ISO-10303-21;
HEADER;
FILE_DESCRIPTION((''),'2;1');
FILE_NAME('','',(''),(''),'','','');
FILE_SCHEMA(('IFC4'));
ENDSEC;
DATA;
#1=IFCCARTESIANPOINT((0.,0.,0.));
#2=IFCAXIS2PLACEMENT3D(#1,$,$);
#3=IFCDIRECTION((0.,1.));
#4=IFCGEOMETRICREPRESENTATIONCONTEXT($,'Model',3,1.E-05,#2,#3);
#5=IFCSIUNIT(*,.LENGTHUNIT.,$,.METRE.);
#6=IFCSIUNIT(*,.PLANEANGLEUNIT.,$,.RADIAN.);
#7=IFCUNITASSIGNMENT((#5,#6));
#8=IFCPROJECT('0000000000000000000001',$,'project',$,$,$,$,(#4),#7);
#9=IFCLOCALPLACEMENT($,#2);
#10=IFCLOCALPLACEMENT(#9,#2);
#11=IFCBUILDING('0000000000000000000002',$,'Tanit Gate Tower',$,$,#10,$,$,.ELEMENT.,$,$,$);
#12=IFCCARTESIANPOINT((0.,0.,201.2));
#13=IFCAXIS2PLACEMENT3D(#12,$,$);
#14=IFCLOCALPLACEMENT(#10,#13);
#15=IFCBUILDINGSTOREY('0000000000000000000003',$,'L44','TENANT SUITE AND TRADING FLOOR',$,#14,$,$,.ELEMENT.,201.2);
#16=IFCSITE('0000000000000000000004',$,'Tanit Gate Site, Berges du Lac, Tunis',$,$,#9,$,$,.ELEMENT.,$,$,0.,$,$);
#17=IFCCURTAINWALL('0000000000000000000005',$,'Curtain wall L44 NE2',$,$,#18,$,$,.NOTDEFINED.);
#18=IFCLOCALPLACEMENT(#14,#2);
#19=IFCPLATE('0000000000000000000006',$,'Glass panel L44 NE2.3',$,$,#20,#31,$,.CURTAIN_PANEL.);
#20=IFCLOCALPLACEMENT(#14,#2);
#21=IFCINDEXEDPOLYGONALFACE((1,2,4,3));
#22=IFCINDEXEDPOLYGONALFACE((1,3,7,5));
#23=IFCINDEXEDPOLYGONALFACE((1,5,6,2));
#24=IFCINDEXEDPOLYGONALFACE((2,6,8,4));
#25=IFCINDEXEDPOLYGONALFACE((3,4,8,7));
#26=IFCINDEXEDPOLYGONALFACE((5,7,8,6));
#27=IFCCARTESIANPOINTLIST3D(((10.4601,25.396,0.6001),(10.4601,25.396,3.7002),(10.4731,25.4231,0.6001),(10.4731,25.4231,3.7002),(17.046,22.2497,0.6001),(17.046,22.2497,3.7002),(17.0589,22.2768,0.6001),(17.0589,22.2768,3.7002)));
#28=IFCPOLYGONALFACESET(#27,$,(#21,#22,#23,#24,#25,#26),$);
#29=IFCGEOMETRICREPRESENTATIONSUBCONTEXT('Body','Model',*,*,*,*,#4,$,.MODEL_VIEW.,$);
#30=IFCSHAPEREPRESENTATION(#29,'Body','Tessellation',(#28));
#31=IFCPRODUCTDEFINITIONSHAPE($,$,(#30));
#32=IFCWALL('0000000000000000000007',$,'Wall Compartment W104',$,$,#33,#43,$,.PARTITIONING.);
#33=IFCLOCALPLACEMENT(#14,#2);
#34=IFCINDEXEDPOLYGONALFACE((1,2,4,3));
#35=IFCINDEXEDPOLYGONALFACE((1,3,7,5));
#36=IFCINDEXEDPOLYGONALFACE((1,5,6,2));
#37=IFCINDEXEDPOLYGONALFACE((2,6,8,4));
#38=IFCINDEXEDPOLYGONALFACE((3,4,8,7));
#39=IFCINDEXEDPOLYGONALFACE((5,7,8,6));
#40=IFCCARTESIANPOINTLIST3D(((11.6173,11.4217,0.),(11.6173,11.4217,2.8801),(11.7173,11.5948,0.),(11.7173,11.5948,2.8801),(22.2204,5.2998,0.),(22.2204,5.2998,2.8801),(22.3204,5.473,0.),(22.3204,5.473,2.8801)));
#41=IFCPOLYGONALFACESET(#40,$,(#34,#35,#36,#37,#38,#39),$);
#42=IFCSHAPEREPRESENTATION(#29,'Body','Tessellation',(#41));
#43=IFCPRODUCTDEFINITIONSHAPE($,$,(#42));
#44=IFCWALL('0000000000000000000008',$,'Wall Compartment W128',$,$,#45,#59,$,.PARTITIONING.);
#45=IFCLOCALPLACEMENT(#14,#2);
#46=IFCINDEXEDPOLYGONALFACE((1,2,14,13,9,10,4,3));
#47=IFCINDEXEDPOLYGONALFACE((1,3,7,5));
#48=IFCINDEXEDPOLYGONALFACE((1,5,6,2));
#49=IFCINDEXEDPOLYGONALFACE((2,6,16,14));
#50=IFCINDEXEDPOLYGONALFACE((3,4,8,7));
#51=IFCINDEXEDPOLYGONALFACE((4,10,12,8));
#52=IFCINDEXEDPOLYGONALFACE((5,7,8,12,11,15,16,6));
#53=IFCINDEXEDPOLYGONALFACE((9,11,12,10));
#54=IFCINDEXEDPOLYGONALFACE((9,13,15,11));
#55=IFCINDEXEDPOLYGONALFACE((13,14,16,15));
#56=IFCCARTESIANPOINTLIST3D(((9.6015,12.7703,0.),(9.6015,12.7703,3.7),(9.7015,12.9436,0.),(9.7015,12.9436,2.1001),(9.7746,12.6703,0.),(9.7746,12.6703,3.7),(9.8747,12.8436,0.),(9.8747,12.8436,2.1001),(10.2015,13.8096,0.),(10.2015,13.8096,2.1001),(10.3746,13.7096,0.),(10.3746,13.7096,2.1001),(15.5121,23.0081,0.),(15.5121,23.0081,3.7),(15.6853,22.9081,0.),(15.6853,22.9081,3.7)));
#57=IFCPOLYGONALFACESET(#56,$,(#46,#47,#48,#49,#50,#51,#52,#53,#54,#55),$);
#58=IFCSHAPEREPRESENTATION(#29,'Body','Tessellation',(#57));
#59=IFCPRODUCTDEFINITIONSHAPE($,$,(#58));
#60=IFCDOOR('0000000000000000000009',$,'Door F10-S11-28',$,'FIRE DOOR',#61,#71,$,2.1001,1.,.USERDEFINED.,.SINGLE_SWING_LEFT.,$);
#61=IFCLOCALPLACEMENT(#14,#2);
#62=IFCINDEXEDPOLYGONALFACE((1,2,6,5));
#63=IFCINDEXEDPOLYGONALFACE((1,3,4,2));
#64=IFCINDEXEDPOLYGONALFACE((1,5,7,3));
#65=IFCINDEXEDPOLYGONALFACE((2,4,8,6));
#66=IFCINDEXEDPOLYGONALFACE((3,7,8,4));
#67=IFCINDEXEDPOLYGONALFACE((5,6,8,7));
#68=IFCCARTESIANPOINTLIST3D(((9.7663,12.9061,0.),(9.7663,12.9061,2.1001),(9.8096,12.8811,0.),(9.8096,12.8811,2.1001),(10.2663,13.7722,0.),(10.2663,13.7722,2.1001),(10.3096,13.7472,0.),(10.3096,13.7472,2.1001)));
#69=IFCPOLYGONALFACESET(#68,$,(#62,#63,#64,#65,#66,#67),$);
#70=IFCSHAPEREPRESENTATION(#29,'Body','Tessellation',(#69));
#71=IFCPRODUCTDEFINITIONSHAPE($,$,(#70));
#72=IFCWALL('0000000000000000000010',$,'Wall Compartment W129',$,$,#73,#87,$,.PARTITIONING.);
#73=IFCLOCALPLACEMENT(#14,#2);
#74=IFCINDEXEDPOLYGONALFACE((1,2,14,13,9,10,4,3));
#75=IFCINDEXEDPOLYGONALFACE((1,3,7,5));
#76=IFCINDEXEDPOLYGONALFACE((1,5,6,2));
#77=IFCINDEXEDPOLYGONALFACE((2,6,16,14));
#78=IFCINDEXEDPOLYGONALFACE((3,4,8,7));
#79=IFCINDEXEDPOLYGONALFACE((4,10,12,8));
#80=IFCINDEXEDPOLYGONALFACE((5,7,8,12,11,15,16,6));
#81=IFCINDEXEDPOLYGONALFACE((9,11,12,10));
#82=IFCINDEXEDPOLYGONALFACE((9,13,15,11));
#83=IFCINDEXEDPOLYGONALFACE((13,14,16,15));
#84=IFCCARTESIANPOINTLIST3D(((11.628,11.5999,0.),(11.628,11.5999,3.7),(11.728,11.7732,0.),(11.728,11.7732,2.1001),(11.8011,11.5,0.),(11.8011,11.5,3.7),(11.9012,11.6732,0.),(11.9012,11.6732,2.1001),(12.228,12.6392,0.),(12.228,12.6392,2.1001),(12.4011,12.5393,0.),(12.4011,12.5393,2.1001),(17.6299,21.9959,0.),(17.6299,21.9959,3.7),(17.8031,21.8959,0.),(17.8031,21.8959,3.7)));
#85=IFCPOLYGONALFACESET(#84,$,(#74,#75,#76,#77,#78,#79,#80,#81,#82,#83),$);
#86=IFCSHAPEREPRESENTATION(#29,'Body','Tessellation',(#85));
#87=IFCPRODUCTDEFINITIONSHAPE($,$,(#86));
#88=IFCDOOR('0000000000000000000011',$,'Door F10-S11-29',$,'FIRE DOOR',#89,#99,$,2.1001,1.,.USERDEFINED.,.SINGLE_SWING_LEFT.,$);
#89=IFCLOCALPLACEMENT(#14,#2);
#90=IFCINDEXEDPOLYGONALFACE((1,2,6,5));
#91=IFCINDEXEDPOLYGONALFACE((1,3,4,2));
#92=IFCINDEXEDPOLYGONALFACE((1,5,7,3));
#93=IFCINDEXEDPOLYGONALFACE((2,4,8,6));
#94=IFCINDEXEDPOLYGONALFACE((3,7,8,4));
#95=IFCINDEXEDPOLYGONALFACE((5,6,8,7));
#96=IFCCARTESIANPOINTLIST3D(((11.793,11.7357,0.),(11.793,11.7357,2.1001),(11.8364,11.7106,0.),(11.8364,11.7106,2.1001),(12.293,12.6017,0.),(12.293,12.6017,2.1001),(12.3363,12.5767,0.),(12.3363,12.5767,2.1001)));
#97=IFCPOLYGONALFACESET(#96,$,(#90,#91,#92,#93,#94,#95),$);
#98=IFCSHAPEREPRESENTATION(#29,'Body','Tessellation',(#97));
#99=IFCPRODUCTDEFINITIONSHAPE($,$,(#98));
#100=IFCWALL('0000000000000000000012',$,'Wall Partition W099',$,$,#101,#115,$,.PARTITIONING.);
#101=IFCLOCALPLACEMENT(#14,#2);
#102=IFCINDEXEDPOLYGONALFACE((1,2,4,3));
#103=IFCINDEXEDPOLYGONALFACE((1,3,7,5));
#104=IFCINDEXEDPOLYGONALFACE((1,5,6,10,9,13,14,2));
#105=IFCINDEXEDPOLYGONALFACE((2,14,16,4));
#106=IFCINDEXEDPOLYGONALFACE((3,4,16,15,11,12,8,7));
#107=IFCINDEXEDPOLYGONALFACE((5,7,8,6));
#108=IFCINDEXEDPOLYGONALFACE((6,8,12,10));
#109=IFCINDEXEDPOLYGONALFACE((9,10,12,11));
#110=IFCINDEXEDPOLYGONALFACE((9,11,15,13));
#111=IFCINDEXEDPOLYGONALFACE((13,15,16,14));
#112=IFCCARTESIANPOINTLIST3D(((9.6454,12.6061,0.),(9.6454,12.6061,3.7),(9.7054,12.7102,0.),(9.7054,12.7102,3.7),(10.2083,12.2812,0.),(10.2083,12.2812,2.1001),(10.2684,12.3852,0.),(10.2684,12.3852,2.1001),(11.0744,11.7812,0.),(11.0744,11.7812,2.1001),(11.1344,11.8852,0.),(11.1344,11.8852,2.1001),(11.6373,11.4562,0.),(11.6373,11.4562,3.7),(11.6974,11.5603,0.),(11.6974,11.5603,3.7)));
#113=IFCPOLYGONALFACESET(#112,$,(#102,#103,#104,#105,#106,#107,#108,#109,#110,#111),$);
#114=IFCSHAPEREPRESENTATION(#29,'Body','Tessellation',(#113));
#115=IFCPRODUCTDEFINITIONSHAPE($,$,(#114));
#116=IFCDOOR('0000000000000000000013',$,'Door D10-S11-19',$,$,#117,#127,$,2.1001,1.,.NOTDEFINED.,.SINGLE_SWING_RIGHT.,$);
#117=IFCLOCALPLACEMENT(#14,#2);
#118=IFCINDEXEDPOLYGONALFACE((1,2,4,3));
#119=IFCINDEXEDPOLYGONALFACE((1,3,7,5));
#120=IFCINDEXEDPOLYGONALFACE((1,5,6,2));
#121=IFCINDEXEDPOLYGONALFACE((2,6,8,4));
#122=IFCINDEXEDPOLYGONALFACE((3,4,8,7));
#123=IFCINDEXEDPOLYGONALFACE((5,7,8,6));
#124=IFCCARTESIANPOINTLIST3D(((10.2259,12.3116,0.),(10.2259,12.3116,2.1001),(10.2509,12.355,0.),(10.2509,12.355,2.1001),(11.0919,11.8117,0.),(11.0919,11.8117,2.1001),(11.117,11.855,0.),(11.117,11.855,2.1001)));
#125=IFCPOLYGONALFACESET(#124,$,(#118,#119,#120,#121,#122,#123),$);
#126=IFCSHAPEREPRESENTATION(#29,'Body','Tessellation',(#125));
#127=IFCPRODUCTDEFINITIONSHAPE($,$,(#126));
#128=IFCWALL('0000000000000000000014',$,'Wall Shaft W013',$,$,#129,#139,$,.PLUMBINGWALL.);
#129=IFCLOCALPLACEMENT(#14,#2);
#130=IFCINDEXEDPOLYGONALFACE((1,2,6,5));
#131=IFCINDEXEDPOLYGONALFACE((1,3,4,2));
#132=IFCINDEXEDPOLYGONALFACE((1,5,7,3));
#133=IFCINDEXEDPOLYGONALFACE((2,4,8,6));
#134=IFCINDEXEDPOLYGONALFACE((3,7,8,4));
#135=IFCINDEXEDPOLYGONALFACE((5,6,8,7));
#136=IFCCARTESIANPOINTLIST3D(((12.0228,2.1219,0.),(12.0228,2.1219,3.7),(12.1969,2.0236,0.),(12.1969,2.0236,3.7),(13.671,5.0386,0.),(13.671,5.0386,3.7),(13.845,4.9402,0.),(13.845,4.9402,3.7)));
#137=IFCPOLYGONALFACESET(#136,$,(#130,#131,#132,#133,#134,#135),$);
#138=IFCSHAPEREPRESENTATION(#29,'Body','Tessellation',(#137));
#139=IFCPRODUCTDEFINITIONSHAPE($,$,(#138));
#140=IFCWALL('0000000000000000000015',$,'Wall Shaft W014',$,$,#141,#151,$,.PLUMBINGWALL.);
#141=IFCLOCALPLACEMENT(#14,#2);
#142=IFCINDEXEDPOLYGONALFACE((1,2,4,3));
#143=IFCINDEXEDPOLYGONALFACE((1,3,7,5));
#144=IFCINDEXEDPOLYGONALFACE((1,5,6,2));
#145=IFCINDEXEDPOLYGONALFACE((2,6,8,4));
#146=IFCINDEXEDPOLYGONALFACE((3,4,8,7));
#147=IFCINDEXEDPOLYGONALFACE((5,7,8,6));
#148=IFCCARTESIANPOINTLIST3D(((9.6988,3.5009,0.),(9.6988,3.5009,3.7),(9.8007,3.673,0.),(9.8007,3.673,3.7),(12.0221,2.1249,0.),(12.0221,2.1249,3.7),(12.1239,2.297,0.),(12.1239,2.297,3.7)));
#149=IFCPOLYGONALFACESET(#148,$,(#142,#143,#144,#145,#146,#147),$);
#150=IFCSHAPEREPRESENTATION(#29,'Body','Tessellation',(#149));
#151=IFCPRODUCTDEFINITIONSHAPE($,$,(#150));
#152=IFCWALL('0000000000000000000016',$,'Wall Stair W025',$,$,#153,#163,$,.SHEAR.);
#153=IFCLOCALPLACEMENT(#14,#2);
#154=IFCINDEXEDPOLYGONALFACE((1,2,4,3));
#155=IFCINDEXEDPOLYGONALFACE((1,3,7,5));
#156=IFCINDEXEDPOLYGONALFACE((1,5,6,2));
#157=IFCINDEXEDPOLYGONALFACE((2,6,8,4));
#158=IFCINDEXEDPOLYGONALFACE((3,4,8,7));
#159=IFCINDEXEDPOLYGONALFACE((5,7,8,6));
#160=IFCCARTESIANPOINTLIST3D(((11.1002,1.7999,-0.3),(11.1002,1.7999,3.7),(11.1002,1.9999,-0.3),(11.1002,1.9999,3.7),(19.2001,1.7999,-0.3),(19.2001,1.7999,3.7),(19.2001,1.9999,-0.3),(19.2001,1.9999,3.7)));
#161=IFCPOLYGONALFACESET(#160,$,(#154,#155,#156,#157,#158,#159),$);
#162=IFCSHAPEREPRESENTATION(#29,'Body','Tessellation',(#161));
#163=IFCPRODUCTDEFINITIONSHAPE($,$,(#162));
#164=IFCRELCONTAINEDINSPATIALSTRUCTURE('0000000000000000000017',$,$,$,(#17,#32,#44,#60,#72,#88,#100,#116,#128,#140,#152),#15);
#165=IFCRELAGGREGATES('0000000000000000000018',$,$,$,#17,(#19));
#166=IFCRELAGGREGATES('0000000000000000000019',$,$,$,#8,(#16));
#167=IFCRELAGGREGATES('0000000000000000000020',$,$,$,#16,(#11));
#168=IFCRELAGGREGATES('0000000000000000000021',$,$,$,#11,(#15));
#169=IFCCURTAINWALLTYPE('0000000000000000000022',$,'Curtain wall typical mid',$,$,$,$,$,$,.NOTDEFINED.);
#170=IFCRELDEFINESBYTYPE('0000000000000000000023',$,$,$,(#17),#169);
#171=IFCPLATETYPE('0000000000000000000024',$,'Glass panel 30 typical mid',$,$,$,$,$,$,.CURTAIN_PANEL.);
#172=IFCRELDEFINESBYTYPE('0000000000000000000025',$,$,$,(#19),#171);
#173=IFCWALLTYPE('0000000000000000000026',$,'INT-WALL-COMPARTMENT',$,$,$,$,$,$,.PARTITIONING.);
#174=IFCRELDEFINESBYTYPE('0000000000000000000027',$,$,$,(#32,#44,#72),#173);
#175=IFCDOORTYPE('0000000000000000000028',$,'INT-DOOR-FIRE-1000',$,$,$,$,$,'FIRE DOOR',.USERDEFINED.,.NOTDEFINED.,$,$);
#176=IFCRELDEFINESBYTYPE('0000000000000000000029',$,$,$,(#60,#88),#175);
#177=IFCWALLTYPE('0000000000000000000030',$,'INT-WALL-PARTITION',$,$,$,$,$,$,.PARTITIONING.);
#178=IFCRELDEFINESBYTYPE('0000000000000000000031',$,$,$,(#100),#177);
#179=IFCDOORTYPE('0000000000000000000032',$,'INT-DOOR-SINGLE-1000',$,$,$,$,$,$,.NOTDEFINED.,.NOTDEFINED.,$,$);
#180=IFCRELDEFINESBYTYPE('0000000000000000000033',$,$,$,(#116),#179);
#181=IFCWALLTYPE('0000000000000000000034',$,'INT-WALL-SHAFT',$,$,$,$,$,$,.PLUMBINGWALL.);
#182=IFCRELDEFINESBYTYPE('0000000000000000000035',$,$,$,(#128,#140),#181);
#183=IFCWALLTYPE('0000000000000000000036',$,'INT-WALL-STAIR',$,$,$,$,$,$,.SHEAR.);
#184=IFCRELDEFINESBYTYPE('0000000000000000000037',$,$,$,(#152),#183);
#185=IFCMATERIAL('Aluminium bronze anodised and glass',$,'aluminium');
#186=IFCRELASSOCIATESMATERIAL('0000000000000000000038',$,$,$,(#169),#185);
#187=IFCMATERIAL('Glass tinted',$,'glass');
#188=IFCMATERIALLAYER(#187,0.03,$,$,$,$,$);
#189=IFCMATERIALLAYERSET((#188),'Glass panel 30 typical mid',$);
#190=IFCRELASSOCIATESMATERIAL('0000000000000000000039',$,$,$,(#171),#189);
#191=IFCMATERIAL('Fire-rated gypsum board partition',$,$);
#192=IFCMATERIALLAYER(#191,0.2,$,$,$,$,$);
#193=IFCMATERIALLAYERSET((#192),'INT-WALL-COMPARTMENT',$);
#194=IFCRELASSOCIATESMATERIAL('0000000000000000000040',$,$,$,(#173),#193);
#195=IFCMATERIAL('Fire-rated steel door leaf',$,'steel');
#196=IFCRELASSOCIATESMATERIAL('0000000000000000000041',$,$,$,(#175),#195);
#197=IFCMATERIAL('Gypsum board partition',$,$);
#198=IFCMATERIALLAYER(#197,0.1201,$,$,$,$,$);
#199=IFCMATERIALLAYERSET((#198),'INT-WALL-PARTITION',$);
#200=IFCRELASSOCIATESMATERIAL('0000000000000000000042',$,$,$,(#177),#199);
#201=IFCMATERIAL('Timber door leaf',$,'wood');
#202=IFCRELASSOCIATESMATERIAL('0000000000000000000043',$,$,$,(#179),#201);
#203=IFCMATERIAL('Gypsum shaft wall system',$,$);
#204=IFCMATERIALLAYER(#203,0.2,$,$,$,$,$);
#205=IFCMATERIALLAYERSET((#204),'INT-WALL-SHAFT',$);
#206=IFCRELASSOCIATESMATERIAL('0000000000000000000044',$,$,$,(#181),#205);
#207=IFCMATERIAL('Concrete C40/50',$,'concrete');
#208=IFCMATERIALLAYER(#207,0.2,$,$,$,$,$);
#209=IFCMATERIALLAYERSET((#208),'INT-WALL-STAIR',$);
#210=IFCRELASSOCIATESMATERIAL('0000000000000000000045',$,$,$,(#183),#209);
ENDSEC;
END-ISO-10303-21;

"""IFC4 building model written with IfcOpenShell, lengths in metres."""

from ifc_helpers import new_model, si_unit, direction, frame, frame_2d, origin, origin_2d, place, context, subcontext, project, spatial, rectangle, extrude, material, layer, layer_set, type_object, element, fill, aggregate, save


model = new_model("IFC4")

# Units and contexts
model_context = context("Model", 3, precision=1e-05, world=origin(), true_north=direction((0.0, 1.0)))
body_context = subcontext(model_context, "Body", "Model", "MODEL_VIEW")
ifc_project = project(units=[si_unit("LENGTHUNIT", "METRE"), si_unit("PLANEANGLEUNIT", "RADIAN")], contexts=[model_context])

# Site, building, storey
site_placement = place(None, origin())
site = spatial("IfcSite", under=ifc_project, at=site_placement, Name="Tanit Gate Site, Berges du Lac, Tunis", CompositionType="ELEMENT", RefElevation=0.0)
building_placement = place(site_placement, origin())
building = spatial("IfcBuilding", under=site, at=building_placement, Name="Tanit Gate Tower", CompositionType="ELEMENT")
storey_placement = place(building_placement, frame((0.0, 0.0, 201.2)))
storey = spatial("IfcBuildingStorey", under=building, at=storey_placement, Name="L44", Description="TENANT SUITE AND TRADING FLOOR", CompositionType="ELEMENT", Elevation=201.2)

# Curtain wall
ifc_material_1 = material(Name="Aluminium bronze anodised and glass", Category="aluminium")
curtain_wall_type = type_object("IfcCurtainWallType", Name="Curtain wall typical mid", PredefinedType="NOTDEFINED", material=ifc_material_1)
curtain_wall_placement = place(storey_placement, origin())
curtain_wall = element("IfcCurtainWall", 1, at=curtain_wall_placement, inside=storey, type_object=curtain_wall_type, Name="Curtain wall L44 NE2", PredefinedType="NOTDEFINED")

# Plate
ifc_material_2 = material(Name="Glass tinted", Category="glass")
ifc_layer_1 = layer(ifc_material_2, 0.03)
ifc_layer_set_1 = layer_set([ifc_layer_1], Name="Glass panel 30 typical mid")
plate_type = type_object("IfcPlateType", Name="Glass panel 30 typical mid", PredefinedType="CURTAIN_PANEL", material=ifc_layer_set_1)
plate_1_placement = place(storey_placement, frame((13.7595, 23.8364, 0.6001), z_axis=(0.0, 0.0, 1.0), x_axis=(-0.902317, 0.431073, 0.0)))
plate_1 = element("IfcPlate", 2, at=plate_1_placement, type_object=plate_type, Name="Glass panel L44 NE2.3", PredefinedType="CURTAIN_PANEL", context=body_context, shape_type="SweptSolid", body=[
    extrude(rectangle(XDim=7.2988, YDim=0.03, at=origin_2d()), origin(), (0.0, 0.0, 1.0), 3.1001),
])
aggregate(curtain_wall, [plate_1])

# Wall
ifc_material_3 = material(Name="Fire-rated gypsum board partition")
ifc_layer_2 = layer(ifc_material_3, 0.2)
ifc_layer_set_2 = layer_set([ifc_layer_2], Name="INT-WALL-COMPARTMENT")
wall_type_1 = type_object("IfcWallType", Name="INT-WALL-COMPARTMENT", PredefinedType="PARTITIONING", material=ifc_layer_set_2)
wall_1_placement = place(storey_placement, frame((22.2703, 5.3865, 0.0), z_axis=(0.0, 0.0, 1.0), x_axis=(-0.86602, 0.50001, 0.0)))
element("IfcWall", 3, at=wall_1_placement, inside=storey, type_object=wall_type_1, Name="Wall Compartment W104", PredefinedType="PARTITIONING", context=body_context, shape_type="SweptSolid", body=[
    extrude(rectangle(XDim=12.2434, YDim=0.2, at=frame_2d((6.1216, 0.0))), origin(), (0.0, 0.0, 1.0), 2.8801),
])

# Walls, openings, doors
wall_2_placement = place(storey_placement, frame((15.5986, 22.958, 0.0), z_axis=(0.0, 0.0, 1.0), x_axis=(-0.499991, -0.866031, 0.0)))
wall_2 = element("IfcWall", 4, at=wall_2_placement, inside=storey, type_object=wall_type_1, Name="Wall Compartment W128", PredefinedType="PARTITIONING", context=body_context, shape_type="SweptSolid", body=[
    extrude(rectangle(XDim=11.8215, YDim=0.2, at=frame_2d((5.9106, 0.0))), origin(), (0.0, 0.0, 1.0), 3.7),
])
opening_1_placement = place(wall_2_placement, frame((10.6213, 0.0, 0.0)))
opening_1 = element("IfcOpeningElement", 5, at=opening_1_placement, cuts=wall_2, PredefinedType="OPENING", context=body_context, shape_type="SweptSolid", body=[
    extrude(rectangle(XDim=1.0, YDim=2.1001, at=frame_2d((0.5, 1.05))), frame((0.0, 0.1099, 0.0), z_axis=(0.0, -1.0, 0.0), x_axis=(1.0, 0.0, 0.0)), (0.0, 0.0, 1.0), 0.22),
])
ifc_material_4 = material(Name="Fire-rated steel door leaf", Category="steel")
door_type_1 = type_object("IfcDoorType", Name="INT-DOOR-FIRE-1000", ElementType="FIRE DOOR", OperationType="NOTDEFINED", PredefinedType="USERDEFINED", material=ifc_material_4)
door_1_placement = place(opening_1_placement, origin())
door_1 = element("IfcDoor", 6, at=door_1_placement, inside=storey, type_object=door_type_1, Name="Door F10-S11-28", ObjectType="FIRE DOOR", OperationType="SINGLE_SWING_LEFT", OverallHeight=2.1001, OverallWidth=1.0, PredefinedType="USERDEFINED", context=body_context, shape_type="SweptSolid", body=[
    extrude(rectangle(XDim=1.0, YDim=2.1001, at=frame_2d((0.5, 1.05))), frame((0.0, 0.0249, 0.0), z_axis=(0.0, -1.0, 0.0), x_axis=(1.0, 0.0, 0.0)), (0.0, 0.0, 1.0), 0.05),
])
fill(opening_1, door_1)
wall_3_placement = place(storey_placement, frame((11.7146, 11.55, 0.0), z_axis=(0.0, 0.0, 1.0), x_axis=(0.499989, 0.866032, 0.0)))
wall_3 = element("IfcWall", 7, at=wall_3_placement, inside=storey, type_object=wall_type_1, Name="Wall Compartment W129", PredefinedType="PARTITIONING", context=body_context, shape_type="SweptSolid", body=[
    extrude(rectangle(XDim=12.0042, YDim=0.2, at=frame_2d((6.002, 0.0))), origin(), (0.0, 0.0, 1.0), 3.7),
])
opening_2_placement = place(wall_3_placement, frame((0.2, 0.0, 0.0)))
opening_2 = element("IfcOpeningElement", 8, at=opening_2_placement, cuts=wall_3, PredefinedType="OPENING", context=body_context, shape_type="SweptSolid", body=[
    extrude(rectangle(XDim=1.0, YDim=2.1001, at=frame_2d((0.5, 1.05))), frame((0.0, 0.1099, 0.0), z_axis=(0.0, -1.0, 0.0), x_axis=(1.0, 0.0, 0.0)), (0.0, 0.0, 1.0), 0.22),
])
door_2_placement = place(opening_2_placement, origin())
door_2 = element("IfcDoor", 9, at=door_2_placement, inside=storey, type_object=door_type_1, Name="Door F10-S11-29", ObjectType="FIRE DOOR", OperationType="SINGLE_SWING_LEFT", OverallHeight=2.1001, OverallWidth=1.0, PredefinedType="USERDEFINED", context=body_context, shape_type="SweptSolid", body=[
    extrude(rectangle(XDim=1.0, YDim=2.1001, at=frame_2d((0.5, 1.05))), frame((0.0, 0.0249, 0.0), z_axis=(0.0, -1.0, 0.0), x_axis=(1.0, 0.0, 0.0)), (0.0, 0.0, 1.0), 0.05),
])
fill(opening_2, door_2)
ifc_material_5 = material(Name="Gypsum board partition")
ifc_layer_3 = layer(ifc_material_5, 0.1201)
ifc_layer_set_3 = layer_set([ifc_layer_3], Name="INT-WALL-PARTITION")
wall_type_2 = type_object("IfcWallType", Name="INT-WALL-PARTITION", PredefinedType="PARTITIONING", material=ifc_layer_set_3)
wall_4_placement = place(storey_placement, frame((11.6672, 11.5083, 0.0), z_axis=(0.0, 0.0, 1.0), x_axis=(-0.866053, 0.499952, 0.0)))
wall_4 = element("IfcWall", 10, at=wall_4_placement, inside=storey, type_object=wall_type_2, Name="Wall Partition W099", PredefinedType="PARTITIONING", context=body_context, shape_type="SweptSolid", body=[
    extrude(rectangle(XDim=2.3, YDim=0.1201, at=frame_2d((1.1499, 0.0))), origin(), (0.0, 0.0, 1.0), 3.7),
])
opening_3_placement = place(wall_4_placement, frame((0.6499, 0.0, 0.0)))
opening_3 = element("IfcOpeningElement", 11, at=opening_3_placement, cuts=wall_4, PredefinedType="OPENING", context=body_context, shape_type="SweptSolid", body=[
    extrude(rectangle(XDim=1.0, YDim=2.1001, at=frame_2d((0.5, 1.05))), frame((0.0, 0.0701, 0.0), z_axis=(0.0, -1.0, 0.0), x_axis=(1.0, 0.0, 0.0)), (0.0, 0.0, 1.0), 0.1401),
])
ifc_material_6 = material(Name="Timber door leaf", Category="wood")
door_type_2 = type_object("IfcDoorType", Name="INT-DOOR-SINGLE-1000", OperationType="NOTDEFINED", PredefinedType="NOTDEFINED", material=ifc_material_6)
door_3_placement = place(opening_3_placement, origin())
door_3 = element("IfcDoor", 12, at=door_3_placement, inside=storey, type_object=door_type_2, Name="Door D10-S11-19", OperationType="SINGLE_SWING_RIGHT", OverallHeight=2.1001, OverallWidth=1.0, PredefinedType="NOTDEFINED", context=body_context, shape_type="SweptSolid", body=[
    extrude(rectangle(XDim=1.0, YDim=2.1001, at=frame_2d((0.5, 1.05))), frame((0.0, 0.0249, 0.0), z_axis=(0.0, -1.0, 0.0), x_axis=(1.0, 0.0, 0.0)), (0.0, 0.0, 1.0), 0.05),
])
fill(opening_3, door_3)

# Walls
ifc_material_7 = material(Name="Gypsum shaft wall system")
ifc_layer_4 = layer(ifc_material_7, 0.2)
ifc_layer_set_4 = layer_set([ifc_layer_4], Name="INT-WALL-SHAFT")
wall_type_3 = type_object("IfcWallType", Name="INT-WALL-SHAFT", PredefinedType="PLUMBINGWALL", material=ifc_layer_set_4)
wall_5_placement = place(storey_placement, frame((12.1099, 2.0728, 0.0), z_axis=(0.0, 0.0, 1.0), x_axis=(0.491966, 0.870614, 0.0)))
element("IfcWall", 13, at=wall_5_placement, inside=storey, type_object=wall_type_3, Name="Wall Shaft W013", PredefinedType="PLUMBINGWALL", context=body_context, shape_type="SweptSolid", body=[
    extrude(rectangle(XDim=3.3501, YDim=0.2, at=frame_2d((1.675, 0.0))), origin(), (0.0, 0.0, 1.0), 3.7),
])
wall_6_placement = place(storey_placement, frame((12.073, 2.2109, 0.0), z_axis=(0.0, 0.0, 1.0), x_axis=(-0.860415, 0.509594, 0.0)))
element("IfcWall", 14, at=wall_6_placement, inside=storey, type_object=wall_type_3, Name="Wall Shaft W014", PredefinedType="PLUMBINGWALL", context=body_context, shape_type="SweptSolid", body=[
    extrude(rectangle(XDim=2.7002, YDim=0.2, at=frame_2d((1.3501, 0.0))), origin(), (0.0, 0.0, 1.0), 3.7),
])
ifc_material_8 = material(Name="Concrete C40/50", Category="concrete")
ifc_layer_5 = layer(ifc_material_8, 0.2)
ifc_layer_set_5 = layer_set([ifc_layer_5], Name="INT-WALL-STAIR")
wall_type_4 = type_object("IfcWallType", Name="INT-WALL-STAIR", PredefinedType="SHEAR", material=ifc_layer_set_5)
wall_7_placement = place(storey_placement, frame((19.2, 1.8999, -0.3), z_axis=(0.0, 0.0, 1.0), x_axis=(-1.0, 0.0, 0.0)))
element("IfcWall", 15, at=wall_7_placement, inside=storey, type_object=wall_type_4, Name="Wall Stair W025", PredefinedType="SHEAR", context=body_context, shape_type="SweptSolid", body=[
    extrude(rectangle(XDim=8.0999, YDim=0.2, at=frame_2d((4.0498, 0.0))), origin(), (0.0, 0.0, 1.0), 4.0),
])

save(model, "model.ifc")
